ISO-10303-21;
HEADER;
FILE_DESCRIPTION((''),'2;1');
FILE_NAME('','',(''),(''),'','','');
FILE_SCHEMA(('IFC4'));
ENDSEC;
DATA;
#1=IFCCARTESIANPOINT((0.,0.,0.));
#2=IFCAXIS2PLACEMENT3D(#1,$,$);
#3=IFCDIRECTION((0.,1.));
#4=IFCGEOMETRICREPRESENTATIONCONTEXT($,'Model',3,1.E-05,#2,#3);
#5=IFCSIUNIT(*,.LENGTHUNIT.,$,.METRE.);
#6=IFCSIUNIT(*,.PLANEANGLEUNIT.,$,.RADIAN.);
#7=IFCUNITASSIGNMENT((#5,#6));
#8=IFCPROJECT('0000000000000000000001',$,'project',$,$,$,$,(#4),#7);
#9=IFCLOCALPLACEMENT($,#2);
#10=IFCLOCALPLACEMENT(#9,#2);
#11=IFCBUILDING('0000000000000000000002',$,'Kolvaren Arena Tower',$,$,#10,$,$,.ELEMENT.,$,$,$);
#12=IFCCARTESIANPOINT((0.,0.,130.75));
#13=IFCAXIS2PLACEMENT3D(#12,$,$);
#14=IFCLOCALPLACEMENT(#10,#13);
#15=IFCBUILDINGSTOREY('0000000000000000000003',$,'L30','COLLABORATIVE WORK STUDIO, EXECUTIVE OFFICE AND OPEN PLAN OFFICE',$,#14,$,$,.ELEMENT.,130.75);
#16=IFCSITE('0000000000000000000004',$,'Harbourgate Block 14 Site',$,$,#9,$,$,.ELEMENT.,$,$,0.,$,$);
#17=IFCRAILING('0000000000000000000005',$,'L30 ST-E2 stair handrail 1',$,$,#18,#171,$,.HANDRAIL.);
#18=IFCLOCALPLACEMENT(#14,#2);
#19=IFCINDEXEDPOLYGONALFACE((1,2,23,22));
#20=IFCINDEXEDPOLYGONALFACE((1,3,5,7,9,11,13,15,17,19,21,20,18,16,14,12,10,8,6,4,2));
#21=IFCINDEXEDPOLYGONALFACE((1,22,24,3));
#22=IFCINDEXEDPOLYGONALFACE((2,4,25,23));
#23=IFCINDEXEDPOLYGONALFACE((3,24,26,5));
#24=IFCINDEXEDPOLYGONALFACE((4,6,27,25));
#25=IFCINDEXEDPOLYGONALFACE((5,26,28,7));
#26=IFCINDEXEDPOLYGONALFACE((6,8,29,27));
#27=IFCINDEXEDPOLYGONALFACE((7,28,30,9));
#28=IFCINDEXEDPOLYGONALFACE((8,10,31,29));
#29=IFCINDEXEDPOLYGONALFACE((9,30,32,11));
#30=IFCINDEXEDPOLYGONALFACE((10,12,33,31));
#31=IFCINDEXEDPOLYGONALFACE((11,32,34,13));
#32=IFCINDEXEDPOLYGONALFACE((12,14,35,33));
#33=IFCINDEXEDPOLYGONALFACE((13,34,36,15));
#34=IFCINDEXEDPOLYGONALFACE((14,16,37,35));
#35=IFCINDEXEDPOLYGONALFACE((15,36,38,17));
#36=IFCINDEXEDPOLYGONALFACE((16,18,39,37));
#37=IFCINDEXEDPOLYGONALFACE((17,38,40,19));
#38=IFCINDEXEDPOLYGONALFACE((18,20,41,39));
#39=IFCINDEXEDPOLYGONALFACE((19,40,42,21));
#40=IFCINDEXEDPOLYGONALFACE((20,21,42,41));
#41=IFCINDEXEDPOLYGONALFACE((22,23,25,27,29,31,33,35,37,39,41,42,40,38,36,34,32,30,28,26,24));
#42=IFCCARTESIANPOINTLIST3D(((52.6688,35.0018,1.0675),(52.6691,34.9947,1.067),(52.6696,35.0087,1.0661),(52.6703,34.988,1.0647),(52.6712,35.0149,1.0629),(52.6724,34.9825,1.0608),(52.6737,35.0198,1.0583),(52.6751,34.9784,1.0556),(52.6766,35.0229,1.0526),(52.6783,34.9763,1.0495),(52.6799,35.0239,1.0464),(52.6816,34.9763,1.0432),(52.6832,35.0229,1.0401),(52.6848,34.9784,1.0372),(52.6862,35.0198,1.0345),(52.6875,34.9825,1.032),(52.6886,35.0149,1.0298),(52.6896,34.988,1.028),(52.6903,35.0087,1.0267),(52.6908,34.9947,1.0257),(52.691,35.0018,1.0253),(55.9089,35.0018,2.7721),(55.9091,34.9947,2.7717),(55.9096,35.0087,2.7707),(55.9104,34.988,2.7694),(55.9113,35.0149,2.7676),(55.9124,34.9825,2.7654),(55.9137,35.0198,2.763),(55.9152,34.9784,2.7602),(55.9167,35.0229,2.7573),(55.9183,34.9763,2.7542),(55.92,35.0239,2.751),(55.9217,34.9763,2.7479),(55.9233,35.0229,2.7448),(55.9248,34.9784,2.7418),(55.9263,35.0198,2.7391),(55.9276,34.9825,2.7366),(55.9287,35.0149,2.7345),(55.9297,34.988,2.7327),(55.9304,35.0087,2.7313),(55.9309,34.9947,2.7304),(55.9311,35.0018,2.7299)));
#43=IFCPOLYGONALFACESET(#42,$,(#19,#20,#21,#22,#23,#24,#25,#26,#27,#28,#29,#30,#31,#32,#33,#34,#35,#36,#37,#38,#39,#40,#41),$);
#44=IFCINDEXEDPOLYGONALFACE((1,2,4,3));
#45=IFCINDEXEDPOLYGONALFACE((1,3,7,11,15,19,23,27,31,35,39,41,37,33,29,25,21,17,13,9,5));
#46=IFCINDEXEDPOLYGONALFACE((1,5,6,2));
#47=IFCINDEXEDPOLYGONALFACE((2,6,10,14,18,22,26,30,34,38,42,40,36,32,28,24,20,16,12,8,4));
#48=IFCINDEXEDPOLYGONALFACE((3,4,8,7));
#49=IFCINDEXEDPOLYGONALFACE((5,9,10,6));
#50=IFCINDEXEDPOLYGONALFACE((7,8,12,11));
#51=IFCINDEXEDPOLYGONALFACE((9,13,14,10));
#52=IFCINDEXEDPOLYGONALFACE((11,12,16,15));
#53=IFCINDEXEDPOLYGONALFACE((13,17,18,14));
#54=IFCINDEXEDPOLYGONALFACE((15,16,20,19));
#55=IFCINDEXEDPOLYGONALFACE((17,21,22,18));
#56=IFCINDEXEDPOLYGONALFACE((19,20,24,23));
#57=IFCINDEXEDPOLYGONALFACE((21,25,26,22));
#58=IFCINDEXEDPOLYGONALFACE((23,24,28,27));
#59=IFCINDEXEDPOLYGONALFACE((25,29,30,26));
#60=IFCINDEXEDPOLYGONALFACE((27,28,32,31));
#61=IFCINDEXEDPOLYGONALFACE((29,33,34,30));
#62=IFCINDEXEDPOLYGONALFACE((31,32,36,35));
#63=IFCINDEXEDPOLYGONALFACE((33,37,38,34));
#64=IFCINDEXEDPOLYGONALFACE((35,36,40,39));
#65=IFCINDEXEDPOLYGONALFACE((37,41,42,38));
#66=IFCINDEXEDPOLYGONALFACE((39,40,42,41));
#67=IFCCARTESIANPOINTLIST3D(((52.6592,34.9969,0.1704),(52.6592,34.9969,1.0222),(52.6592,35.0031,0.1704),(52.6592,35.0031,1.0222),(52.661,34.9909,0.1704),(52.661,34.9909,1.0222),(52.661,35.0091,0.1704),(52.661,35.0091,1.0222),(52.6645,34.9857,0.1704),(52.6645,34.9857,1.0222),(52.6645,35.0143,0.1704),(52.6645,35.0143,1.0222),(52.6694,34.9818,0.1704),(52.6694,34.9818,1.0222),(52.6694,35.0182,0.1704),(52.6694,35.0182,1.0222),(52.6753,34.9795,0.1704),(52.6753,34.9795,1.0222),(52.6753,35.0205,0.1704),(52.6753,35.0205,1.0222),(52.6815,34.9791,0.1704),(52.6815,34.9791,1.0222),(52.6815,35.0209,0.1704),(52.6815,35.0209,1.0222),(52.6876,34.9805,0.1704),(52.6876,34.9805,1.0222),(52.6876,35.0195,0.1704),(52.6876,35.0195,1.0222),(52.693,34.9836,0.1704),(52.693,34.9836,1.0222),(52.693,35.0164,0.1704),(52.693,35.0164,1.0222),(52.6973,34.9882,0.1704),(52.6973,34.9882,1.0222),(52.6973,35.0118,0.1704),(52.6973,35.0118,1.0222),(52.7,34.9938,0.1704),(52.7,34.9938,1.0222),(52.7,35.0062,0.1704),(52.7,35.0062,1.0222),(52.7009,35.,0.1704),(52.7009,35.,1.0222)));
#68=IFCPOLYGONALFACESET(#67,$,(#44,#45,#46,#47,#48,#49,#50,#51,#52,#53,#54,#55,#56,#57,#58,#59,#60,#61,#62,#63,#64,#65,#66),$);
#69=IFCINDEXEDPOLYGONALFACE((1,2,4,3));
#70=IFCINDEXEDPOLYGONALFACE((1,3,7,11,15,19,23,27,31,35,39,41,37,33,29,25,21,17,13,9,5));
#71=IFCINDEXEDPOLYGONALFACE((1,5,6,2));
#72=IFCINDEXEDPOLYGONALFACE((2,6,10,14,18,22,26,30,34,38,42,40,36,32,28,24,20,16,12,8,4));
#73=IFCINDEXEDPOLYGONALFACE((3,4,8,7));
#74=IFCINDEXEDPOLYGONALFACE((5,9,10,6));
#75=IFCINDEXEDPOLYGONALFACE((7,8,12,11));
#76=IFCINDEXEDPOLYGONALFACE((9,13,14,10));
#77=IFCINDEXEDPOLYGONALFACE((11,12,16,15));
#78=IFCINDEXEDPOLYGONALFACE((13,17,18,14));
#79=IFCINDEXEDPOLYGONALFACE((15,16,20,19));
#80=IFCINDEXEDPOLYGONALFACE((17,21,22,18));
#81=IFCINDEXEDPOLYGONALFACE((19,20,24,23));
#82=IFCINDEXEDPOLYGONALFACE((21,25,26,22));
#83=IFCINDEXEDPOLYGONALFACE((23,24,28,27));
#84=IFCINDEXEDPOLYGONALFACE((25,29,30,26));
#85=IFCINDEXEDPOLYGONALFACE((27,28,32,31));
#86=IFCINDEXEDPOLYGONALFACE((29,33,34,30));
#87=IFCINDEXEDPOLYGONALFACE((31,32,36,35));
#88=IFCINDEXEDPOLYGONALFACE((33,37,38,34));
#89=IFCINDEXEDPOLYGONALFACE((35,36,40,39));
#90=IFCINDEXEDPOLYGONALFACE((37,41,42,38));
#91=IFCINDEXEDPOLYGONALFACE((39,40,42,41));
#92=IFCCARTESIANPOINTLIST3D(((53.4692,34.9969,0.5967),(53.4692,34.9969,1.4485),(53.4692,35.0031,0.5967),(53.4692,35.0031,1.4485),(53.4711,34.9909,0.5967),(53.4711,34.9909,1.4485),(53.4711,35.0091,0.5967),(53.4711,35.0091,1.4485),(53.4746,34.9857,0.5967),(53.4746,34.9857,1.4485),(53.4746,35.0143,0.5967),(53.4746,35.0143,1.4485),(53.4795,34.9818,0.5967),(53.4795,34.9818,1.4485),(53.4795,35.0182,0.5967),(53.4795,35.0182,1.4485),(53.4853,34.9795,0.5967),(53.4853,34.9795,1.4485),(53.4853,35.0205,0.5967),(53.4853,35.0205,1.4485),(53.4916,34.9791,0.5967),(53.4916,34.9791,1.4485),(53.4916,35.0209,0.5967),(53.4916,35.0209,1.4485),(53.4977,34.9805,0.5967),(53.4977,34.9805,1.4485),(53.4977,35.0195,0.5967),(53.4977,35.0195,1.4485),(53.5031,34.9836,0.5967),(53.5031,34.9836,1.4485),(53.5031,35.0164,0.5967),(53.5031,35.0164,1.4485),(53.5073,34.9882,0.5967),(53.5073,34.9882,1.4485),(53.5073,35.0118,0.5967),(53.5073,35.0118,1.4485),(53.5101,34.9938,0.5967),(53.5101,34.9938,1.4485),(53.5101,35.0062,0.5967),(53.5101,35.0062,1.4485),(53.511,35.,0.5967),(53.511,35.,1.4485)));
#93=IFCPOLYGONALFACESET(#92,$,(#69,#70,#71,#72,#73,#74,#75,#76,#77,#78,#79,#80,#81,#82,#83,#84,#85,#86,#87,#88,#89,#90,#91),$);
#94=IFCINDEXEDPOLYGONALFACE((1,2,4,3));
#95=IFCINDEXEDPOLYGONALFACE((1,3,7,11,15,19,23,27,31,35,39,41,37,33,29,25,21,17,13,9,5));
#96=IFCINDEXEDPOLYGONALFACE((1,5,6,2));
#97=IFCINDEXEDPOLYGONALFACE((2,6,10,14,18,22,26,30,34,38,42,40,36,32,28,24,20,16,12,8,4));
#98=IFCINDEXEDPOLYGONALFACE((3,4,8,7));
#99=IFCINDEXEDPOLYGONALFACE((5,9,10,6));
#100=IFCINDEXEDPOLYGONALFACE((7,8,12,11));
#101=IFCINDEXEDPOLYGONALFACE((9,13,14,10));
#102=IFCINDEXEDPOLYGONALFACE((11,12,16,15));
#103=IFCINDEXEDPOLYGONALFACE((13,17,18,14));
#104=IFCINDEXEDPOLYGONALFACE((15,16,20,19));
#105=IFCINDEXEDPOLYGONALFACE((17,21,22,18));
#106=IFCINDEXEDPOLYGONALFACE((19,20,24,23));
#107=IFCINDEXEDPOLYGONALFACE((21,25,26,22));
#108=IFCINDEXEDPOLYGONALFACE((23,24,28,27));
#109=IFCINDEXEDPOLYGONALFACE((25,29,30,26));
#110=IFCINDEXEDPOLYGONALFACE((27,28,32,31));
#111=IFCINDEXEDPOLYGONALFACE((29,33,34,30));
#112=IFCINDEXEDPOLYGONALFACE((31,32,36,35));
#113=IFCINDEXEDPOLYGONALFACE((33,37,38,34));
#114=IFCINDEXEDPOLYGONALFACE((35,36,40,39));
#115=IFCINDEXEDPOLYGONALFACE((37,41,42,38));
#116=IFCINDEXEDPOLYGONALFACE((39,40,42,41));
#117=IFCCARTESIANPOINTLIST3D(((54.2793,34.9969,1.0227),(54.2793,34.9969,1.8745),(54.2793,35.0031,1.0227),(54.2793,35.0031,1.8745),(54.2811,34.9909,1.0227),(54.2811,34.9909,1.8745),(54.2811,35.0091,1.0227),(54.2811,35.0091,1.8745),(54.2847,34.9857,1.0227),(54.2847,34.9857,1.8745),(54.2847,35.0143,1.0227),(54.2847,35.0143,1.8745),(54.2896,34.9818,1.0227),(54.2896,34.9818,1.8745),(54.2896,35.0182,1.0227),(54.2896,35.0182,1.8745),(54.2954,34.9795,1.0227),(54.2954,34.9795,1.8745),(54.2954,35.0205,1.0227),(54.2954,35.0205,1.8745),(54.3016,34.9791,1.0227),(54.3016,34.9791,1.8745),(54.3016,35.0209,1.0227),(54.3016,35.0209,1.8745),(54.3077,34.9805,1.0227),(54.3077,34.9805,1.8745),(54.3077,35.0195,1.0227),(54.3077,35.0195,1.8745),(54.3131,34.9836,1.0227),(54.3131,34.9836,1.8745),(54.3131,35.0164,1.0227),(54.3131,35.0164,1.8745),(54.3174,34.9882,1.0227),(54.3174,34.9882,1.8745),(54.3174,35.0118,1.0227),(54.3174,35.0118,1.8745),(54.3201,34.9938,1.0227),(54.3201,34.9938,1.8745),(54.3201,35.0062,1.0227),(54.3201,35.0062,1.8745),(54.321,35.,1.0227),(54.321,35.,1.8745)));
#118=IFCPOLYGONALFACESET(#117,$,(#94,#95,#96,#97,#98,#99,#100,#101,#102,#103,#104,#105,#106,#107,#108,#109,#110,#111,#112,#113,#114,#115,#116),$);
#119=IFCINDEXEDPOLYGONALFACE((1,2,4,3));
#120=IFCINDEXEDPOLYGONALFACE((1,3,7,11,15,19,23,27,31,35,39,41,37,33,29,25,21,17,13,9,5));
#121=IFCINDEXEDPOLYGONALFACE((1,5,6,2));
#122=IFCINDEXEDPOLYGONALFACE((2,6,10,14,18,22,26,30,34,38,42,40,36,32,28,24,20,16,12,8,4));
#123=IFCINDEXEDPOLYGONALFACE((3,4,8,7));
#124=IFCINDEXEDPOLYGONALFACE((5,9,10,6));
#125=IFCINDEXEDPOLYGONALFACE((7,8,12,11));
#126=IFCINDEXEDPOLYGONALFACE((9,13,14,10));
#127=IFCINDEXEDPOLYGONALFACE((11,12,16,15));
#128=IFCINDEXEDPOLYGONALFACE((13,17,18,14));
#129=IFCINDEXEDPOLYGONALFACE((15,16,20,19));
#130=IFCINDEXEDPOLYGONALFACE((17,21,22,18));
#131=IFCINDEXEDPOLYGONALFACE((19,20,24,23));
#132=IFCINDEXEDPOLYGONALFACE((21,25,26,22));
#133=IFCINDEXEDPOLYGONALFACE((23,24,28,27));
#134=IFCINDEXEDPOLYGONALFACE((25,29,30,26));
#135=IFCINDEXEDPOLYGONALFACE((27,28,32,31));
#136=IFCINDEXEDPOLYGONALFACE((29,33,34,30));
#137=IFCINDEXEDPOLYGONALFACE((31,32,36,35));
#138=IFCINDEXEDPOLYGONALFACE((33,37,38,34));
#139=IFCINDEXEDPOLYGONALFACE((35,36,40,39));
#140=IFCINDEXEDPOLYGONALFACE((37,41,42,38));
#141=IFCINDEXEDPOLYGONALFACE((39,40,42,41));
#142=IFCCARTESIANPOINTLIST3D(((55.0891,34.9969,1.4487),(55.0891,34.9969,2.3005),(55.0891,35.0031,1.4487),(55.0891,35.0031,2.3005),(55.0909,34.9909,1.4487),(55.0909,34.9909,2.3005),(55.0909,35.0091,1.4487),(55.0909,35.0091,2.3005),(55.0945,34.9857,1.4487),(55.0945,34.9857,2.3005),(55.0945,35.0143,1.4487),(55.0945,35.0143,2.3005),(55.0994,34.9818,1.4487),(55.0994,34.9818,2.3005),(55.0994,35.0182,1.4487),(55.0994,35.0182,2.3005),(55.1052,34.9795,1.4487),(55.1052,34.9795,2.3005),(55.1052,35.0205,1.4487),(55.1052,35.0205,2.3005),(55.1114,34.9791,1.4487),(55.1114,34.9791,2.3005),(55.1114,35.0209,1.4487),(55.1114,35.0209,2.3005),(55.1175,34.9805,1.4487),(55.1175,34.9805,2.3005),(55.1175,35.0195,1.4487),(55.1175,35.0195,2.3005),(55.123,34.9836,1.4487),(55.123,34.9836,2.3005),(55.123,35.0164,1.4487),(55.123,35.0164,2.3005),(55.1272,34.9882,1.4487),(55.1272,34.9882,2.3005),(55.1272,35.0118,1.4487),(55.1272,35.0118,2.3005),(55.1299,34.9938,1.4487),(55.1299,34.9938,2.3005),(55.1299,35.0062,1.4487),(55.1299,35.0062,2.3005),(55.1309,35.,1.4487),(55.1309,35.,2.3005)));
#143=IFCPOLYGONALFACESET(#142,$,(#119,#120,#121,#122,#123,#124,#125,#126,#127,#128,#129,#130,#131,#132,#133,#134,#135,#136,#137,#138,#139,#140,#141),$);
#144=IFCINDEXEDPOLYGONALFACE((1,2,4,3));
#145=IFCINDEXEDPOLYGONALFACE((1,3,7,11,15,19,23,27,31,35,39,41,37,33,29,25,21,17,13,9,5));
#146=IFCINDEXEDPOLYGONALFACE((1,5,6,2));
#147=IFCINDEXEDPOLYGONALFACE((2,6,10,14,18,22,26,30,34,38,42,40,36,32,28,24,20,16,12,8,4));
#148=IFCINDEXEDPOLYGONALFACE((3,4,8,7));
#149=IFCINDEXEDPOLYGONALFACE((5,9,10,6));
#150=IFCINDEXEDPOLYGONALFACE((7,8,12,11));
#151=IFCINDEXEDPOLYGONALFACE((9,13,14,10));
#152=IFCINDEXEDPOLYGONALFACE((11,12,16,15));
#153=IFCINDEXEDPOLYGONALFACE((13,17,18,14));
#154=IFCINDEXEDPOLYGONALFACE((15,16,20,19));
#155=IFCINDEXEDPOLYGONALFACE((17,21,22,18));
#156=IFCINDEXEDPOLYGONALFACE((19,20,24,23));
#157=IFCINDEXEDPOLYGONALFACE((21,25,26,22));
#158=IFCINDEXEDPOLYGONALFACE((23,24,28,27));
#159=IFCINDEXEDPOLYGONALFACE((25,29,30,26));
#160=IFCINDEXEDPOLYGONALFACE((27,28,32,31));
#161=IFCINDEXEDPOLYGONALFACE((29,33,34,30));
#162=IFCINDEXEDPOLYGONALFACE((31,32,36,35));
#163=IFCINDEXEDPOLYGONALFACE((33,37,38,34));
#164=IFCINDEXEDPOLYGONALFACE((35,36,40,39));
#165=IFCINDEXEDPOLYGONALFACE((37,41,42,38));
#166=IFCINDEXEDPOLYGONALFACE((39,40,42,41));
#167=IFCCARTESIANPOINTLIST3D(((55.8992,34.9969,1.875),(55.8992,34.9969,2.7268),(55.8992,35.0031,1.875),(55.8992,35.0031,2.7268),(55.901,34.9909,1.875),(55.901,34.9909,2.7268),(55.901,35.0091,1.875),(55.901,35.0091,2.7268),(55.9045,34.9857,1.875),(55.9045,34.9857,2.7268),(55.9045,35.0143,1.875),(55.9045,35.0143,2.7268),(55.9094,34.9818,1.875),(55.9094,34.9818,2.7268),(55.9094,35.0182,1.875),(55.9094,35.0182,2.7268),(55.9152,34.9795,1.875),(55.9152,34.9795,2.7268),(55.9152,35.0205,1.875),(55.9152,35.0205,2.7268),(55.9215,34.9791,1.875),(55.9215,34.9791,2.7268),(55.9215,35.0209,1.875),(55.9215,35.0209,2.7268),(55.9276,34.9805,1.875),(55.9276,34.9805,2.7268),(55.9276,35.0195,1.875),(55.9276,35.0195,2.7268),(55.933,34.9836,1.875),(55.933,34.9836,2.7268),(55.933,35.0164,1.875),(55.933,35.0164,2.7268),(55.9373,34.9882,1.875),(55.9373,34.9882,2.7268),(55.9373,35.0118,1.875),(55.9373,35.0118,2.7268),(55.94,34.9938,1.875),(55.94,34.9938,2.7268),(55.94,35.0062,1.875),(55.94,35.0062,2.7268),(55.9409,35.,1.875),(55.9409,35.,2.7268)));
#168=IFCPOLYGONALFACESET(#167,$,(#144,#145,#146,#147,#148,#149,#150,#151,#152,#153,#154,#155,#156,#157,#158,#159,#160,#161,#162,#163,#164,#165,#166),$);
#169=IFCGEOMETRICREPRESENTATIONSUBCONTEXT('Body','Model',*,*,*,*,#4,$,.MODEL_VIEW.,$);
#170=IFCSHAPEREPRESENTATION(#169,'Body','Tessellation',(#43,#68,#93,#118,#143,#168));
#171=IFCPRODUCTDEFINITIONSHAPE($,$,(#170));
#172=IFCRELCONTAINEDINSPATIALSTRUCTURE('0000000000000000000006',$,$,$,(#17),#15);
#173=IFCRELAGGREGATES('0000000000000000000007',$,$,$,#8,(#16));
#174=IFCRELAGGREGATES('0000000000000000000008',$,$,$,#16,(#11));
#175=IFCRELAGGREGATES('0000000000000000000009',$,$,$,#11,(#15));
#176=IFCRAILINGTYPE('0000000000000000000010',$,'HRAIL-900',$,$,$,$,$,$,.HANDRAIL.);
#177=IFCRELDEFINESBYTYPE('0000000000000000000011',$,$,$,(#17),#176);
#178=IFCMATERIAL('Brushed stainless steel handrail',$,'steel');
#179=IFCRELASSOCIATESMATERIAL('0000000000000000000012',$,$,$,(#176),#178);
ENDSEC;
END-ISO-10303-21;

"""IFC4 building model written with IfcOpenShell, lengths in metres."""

from ifc_helpers import new_model, si_unit, direction, frame, origin, origin_2d, place, context, subcontext, project, spatial, circle, extrude, material, type_object, element, save


model = new_model("IFC4")

# Units and contexts
model_context = context("Model", 3, precision=1e-05, world=origin(), true_north=direction((0.0, 1.0)))
body_context = subcontext(model_context, "Body", "Model", "MODEL_VIEW")
ifc_project = project(units=[si_unit("LENGTHUNIT", "METRE"), si_unit("PLANEANGLEUNIT", "RADIAN")], contexts=[model_context])

# Site, building, storey
site_placement = place(None, origin())
site = spatial("IfcSite", under=ifc_project, at=site_placement, Name="Harbourgate Block 14 Site", CompositionType="ELEMENT", RefElevation=0.0)
building_placement = place(site_placement, origin())
building = spatial("IfcBuilding", under=site, at=building_placement, Name="Kolvaren Arena Tower", CompositionType="ELEMENT")
storey_placement = place(building_placement, frame((0.0, 0.0, 130.75)))
storey = spatial("IfcBuildingStorey", under=building, at=storey_placement, Name="L30", Description="COLLABORATIVE WORK STUDIO, EXECUTIVE OFFICE AND OPEN PLAN OFFICE", CompositionType="ELEMENT", Elevation=130.75)

# Railing
ifc_material_1 = material(Name="Brushed stainless steel handrail", Category="steel")
railing_type_1 = type_object("IfcRailingType", Name="HRAIL-900", PredefinedType="HANDRAIL", material=ifc_material_1)
for number, where, name in (
    (1, (52.6799, 35.0, 0.1704), "L30 ST-E2 stair handrail 1"),
):
    element("IfcRailing", number, at=place(storey_placement, frame(where)), inside=storey, type_object=railing_type_1, Name=name, PredefinedType="HANDRAIL", context=body_context, shape_type="SweptSolid", body=[
        extrude(circle(Radius=0.0239, at=origin_2d()), frame((0.0, 0.0, 0.876), z_axis=(0.884993, 0.0, 0.465604), x_axis=(0.0, 1.0, 0.0)), (0.0, 0.0, 1.0), 3.6611),
        extrude(circle(Radius=0.021, at=origin_2d()), origin(), (0.0, 0.0, 1.0), 0.8518),
        extrude(circle(Radius=0.021, at=origin_2d()), frame((0.8101, 0.0, 0.4263)), (0.0, 0.0, 1.0), 0.8518),
        extrude(circle(Radius=0.021, at=origin_2d()), frame((1.6201, 0.0, 0.8523)), (0.0, 0.0, 1.0), 0.8518),
        extrude(circle(Radius=0.021, at=origin_2d()), frame((2.4299, 0.0, 1.2783)), (0.0, 0.0, 1.0), 0.8518),
        extrude(circle(Radius=0.021, at=origin_2d()), frame((3.24, 0.0, 1.7046)), (0.0, 0.0, 1.0), 0.8518),
    ])

save(model, "model.ifc")
